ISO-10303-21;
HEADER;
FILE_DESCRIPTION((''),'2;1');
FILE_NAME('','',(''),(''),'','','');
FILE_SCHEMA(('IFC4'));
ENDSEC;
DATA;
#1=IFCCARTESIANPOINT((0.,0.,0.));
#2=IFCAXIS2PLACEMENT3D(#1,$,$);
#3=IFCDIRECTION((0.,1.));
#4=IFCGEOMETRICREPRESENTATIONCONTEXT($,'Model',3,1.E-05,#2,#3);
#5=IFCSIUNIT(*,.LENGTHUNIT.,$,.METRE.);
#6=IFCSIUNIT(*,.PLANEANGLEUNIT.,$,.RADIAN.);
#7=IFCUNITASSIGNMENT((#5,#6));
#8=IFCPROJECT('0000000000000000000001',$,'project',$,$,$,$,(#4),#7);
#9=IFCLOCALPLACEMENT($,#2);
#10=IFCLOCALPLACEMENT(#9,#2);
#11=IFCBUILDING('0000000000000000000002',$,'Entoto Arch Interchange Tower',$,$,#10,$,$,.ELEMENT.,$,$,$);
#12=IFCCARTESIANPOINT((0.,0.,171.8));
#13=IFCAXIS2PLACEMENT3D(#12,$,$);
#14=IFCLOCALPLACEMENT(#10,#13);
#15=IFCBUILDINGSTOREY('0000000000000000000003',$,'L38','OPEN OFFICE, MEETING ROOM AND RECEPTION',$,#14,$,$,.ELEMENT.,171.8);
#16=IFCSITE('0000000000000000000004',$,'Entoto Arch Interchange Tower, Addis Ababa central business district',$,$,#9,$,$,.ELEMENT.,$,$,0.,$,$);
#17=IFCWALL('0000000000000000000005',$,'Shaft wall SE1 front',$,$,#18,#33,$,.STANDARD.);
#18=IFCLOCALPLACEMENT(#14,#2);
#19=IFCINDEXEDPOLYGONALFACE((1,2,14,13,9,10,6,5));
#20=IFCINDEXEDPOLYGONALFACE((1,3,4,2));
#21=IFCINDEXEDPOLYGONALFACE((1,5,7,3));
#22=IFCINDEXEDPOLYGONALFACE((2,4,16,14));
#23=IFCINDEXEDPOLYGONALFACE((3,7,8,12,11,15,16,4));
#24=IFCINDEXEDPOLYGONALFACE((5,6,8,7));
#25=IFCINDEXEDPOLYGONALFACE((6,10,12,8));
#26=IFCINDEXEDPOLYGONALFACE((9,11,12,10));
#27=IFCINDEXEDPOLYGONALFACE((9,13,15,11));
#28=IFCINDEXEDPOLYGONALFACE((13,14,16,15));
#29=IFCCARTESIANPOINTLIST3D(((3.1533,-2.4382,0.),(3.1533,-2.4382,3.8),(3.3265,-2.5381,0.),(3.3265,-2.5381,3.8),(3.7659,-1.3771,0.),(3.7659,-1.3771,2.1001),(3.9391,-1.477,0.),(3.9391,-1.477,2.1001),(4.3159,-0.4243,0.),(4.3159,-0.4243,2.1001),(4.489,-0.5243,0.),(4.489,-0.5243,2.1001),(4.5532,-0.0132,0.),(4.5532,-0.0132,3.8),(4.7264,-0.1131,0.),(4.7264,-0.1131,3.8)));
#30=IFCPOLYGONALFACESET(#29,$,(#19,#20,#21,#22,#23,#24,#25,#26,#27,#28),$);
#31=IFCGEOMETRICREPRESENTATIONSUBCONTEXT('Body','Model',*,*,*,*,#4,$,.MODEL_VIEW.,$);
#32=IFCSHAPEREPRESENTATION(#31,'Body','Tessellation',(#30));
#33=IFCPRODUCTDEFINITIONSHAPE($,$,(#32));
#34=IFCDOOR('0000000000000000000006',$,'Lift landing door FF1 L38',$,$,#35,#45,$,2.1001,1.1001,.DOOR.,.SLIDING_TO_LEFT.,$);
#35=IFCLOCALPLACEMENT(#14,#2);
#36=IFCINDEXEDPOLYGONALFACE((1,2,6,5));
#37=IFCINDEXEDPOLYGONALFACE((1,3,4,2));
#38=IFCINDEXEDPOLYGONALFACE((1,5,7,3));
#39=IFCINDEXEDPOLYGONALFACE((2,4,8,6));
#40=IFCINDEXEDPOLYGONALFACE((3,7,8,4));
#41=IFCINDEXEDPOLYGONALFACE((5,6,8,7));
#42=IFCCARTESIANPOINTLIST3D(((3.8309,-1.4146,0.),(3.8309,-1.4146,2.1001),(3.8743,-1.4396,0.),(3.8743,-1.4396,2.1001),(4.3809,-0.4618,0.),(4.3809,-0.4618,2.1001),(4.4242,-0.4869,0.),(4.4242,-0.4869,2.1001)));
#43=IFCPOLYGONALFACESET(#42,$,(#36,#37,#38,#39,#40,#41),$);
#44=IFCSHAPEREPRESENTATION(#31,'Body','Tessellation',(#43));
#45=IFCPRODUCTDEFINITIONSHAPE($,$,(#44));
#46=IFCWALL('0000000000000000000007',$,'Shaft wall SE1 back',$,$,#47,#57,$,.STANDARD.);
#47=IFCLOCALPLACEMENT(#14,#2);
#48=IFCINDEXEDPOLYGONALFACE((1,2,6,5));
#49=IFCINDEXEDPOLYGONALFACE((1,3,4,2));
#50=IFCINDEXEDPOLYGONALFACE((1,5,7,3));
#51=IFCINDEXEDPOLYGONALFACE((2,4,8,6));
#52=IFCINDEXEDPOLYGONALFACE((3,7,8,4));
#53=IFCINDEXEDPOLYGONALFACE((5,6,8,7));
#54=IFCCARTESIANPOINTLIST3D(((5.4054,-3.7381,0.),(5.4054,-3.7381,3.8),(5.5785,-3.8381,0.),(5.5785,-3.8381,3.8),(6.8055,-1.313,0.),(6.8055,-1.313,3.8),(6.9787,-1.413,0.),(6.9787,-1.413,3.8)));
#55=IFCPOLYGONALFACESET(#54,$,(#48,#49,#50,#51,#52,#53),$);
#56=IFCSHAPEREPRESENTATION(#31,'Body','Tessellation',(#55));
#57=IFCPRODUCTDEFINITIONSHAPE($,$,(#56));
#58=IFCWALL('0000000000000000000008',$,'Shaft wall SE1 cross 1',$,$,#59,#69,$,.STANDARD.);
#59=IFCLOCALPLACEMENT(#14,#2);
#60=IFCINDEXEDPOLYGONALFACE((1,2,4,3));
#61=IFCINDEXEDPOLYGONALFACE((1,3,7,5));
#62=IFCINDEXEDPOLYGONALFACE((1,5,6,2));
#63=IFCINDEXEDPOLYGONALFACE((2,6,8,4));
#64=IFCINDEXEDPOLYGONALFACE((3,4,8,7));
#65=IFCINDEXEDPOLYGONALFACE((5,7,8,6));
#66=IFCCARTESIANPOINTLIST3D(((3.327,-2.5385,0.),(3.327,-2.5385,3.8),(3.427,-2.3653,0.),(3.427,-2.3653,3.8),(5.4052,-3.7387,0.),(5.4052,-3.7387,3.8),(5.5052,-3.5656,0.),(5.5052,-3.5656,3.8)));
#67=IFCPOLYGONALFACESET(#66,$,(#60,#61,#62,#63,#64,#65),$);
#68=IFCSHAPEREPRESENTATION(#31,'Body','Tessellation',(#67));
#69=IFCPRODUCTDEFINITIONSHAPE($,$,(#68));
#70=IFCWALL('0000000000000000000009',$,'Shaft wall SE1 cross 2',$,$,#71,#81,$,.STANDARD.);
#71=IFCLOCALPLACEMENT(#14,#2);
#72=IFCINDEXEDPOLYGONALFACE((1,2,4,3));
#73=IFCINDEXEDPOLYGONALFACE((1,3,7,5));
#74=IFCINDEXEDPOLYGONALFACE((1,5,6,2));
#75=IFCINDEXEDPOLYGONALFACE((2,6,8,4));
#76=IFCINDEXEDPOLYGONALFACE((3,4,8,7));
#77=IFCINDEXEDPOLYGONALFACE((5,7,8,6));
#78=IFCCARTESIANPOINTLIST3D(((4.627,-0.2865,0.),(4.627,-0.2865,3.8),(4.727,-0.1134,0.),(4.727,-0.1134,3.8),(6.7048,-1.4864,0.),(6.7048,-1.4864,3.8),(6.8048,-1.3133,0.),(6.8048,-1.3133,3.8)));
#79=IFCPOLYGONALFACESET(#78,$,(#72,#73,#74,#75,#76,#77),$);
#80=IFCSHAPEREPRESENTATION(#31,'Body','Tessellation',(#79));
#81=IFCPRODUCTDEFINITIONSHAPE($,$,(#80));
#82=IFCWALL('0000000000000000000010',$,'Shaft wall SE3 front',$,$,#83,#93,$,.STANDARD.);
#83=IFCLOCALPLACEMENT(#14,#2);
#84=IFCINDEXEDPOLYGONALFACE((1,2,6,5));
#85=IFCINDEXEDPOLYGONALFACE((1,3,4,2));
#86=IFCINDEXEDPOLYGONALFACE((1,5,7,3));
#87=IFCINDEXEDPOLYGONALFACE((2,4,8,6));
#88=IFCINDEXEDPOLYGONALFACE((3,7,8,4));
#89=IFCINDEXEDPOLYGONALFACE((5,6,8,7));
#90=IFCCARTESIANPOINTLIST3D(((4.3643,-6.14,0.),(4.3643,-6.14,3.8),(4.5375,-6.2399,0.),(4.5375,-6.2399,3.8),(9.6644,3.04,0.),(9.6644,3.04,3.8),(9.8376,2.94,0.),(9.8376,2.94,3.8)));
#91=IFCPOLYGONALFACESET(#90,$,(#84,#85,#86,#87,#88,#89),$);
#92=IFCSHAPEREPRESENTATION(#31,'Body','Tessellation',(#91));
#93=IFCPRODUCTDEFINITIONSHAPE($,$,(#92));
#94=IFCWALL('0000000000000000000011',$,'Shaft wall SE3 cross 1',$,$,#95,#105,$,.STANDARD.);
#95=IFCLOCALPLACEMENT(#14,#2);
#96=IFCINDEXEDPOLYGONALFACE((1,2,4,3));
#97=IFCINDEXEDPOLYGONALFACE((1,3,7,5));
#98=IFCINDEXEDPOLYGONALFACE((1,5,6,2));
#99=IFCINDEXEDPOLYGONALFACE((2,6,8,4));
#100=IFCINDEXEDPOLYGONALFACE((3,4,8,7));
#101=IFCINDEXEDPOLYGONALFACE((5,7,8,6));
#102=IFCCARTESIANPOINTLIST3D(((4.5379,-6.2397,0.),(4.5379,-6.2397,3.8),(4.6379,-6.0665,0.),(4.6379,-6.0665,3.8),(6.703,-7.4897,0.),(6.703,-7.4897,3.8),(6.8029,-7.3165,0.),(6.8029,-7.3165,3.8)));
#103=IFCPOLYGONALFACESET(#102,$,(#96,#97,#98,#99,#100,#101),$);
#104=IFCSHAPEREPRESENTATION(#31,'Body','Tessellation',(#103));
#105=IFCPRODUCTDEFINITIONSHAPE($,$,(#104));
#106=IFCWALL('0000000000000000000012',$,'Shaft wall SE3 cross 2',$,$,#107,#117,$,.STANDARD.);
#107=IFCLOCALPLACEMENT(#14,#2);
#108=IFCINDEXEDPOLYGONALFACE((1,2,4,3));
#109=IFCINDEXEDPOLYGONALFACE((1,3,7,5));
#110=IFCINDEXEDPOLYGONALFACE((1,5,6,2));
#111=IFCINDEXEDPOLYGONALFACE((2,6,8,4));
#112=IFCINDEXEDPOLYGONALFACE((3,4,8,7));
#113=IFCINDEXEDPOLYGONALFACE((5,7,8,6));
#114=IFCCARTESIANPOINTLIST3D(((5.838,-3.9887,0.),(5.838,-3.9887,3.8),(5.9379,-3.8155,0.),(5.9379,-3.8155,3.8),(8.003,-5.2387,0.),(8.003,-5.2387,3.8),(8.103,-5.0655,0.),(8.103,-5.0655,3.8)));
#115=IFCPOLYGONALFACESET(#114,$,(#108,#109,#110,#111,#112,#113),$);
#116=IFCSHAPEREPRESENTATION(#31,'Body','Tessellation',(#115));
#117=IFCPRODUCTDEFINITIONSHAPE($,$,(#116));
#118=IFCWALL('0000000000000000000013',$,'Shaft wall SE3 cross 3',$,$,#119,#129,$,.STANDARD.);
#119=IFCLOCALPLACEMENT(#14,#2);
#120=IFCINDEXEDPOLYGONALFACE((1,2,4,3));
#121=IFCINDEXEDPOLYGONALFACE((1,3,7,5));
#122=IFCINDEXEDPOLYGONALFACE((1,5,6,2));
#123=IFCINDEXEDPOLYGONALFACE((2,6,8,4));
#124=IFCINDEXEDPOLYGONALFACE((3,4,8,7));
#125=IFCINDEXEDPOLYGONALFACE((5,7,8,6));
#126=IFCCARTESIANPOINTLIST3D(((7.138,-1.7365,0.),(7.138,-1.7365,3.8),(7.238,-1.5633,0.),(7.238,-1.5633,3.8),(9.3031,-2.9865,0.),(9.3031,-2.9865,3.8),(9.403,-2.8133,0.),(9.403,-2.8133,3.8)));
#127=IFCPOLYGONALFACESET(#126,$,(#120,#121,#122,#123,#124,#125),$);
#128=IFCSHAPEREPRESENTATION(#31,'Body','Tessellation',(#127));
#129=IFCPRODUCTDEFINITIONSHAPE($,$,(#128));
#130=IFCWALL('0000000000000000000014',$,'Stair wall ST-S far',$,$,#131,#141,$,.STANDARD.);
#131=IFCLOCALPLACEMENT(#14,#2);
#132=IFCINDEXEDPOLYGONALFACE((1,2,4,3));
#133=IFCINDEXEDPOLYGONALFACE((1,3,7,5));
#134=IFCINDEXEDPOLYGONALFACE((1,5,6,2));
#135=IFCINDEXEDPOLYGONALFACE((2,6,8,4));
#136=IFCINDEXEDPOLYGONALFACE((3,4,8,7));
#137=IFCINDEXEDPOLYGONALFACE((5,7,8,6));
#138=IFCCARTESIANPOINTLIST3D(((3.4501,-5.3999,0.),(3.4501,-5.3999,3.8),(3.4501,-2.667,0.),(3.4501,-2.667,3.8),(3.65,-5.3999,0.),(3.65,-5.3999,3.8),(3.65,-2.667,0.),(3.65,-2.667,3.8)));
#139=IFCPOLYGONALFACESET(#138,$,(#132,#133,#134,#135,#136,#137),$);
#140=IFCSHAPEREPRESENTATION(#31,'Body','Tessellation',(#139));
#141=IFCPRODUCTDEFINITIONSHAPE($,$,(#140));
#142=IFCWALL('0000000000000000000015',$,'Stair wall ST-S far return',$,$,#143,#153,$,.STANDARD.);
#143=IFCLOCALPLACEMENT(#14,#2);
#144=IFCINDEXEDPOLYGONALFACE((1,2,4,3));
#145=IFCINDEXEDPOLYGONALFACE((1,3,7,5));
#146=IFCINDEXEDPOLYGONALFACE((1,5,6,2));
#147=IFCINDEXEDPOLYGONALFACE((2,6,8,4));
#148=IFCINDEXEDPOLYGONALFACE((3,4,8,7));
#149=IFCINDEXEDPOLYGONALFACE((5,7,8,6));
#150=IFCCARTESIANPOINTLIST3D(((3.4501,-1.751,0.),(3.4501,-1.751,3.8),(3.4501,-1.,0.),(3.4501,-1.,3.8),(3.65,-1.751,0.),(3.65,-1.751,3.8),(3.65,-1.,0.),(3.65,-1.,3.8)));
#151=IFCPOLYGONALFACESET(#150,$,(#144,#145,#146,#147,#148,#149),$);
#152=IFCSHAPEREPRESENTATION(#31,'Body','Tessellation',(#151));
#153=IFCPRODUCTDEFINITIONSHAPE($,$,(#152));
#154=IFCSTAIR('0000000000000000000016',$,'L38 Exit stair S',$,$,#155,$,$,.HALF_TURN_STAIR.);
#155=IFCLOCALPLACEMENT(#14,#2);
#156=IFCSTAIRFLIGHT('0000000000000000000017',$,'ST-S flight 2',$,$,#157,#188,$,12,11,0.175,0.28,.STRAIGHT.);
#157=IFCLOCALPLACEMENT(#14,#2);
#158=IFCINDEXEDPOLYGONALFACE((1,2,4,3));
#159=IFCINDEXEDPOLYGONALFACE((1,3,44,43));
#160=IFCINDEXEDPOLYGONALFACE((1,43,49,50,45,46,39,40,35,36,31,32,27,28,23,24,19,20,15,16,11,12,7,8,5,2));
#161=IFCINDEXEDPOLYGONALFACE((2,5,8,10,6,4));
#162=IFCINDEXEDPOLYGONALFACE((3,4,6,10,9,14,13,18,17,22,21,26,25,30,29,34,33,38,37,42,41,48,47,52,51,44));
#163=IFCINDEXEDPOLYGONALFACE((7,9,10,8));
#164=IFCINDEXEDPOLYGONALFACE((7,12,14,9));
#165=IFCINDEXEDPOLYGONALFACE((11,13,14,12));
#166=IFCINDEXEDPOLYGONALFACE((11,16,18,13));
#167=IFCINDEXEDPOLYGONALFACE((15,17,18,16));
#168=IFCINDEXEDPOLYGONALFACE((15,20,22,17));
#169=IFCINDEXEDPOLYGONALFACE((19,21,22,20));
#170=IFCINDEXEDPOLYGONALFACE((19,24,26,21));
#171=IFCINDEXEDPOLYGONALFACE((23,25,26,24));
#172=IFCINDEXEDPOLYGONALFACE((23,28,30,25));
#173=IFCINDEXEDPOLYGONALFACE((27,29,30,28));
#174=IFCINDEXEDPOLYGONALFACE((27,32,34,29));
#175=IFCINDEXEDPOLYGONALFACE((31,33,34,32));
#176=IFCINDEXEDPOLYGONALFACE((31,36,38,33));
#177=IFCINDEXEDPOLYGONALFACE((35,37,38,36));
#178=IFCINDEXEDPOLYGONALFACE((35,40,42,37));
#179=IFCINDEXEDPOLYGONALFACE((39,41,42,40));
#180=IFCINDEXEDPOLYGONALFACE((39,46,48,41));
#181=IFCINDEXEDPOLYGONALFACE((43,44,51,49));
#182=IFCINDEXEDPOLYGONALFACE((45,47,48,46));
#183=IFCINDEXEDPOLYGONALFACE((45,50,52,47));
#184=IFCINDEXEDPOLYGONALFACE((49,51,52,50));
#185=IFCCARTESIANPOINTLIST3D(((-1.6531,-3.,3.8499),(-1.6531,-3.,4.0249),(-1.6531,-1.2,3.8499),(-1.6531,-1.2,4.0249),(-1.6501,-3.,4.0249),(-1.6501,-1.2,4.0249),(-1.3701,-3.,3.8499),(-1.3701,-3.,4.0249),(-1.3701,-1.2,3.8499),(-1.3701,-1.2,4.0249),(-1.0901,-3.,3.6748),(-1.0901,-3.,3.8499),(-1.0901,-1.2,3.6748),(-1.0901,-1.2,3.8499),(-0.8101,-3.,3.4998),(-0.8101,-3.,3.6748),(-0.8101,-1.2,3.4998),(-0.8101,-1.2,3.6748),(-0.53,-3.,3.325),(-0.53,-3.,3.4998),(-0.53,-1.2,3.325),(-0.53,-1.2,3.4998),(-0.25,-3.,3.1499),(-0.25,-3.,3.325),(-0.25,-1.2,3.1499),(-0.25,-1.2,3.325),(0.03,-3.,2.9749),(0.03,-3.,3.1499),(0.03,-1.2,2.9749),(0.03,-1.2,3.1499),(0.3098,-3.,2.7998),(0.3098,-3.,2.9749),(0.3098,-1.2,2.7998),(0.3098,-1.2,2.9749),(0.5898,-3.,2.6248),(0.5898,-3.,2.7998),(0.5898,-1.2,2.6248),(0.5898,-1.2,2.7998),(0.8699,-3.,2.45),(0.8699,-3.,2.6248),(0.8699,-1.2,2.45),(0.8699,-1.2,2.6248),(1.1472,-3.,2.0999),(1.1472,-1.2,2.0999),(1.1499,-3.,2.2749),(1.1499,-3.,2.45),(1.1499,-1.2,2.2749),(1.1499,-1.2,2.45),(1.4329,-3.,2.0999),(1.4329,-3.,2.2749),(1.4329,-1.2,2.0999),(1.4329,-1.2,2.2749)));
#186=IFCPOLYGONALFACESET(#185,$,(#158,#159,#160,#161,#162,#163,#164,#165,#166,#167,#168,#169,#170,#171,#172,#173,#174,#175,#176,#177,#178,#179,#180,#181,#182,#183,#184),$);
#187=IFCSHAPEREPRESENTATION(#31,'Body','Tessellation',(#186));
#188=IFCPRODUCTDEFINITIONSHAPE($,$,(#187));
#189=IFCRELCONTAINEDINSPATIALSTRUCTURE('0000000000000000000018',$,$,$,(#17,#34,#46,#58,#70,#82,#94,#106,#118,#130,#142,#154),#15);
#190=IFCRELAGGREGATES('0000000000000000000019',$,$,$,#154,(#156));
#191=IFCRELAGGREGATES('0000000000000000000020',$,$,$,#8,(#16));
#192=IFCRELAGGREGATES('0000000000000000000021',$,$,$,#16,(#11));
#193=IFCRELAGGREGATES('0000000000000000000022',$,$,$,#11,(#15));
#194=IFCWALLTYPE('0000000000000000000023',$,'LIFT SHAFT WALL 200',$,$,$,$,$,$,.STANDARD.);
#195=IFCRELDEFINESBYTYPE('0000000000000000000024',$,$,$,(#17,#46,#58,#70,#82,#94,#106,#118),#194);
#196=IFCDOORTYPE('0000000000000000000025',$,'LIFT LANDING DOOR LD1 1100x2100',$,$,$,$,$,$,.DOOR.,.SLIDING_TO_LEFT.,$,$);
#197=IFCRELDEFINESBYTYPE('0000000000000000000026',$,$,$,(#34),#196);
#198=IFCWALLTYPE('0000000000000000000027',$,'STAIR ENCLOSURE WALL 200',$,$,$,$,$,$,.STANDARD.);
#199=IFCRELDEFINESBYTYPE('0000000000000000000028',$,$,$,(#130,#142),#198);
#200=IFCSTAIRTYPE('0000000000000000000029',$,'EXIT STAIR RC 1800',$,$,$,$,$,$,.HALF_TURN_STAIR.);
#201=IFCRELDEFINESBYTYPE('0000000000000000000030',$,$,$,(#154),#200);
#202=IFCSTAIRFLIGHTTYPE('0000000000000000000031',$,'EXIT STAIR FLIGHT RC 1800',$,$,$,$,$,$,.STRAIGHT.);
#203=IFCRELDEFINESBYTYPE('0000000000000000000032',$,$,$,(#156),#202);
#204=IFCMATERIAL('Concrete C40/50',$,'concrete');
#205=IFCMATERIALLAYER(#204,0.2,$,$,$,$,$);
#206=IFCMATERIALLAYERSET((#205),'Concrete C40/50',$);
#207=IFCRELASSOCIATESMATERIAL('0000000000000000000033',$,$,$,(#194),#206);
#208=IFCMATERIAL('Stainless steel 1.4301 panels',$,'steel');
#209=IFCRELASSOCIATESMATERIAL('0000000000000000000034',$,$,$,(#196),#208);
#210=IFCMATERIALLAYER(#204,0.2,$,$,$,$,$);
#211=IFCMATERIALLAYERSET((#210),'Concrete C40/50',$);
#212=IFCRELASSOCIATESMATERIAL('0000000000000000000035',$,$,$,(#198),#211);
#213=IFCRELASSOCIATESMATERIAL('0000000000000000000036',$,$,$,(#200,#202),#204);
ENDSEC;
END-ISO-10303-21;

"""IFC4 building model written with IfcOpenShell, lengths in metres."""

from ifc_helpers import new_model, si_unit, direction, frame, frame_2d, origin, place, context, subcontext, project, spatial, polyline, rectangle, outline, extrude, material, layer, layer_set, type_object, element, fill, aggregate, save


model = new_model("IFC4")

# Units and contexts
model_context = context("Model", 3, precision=1e-05, world=origin(), true_north=direction((0.0, 1.0)))
body_context = subcontext(model_context, "Body", "Model", "MODEL_VIEW")
ifc_project = project(units=[si_unit("LENGTHUNIT", "METRE"), si_unit("PLANEANGLEUNIT", "RADIAN")], contexts=[model_context])

# Site, building, storey
site_placement = place(None, origin())
site = spatial("IfcSite", under=ifc_project, at=site_placement, Name="Entoto Arch Interchange Tower, Addis Ababa central business district", CompositionType="ELEMENT", RefElevation=0.0)
building_placement = place(site_placement, origin())
building = spatial("IfcBuilding", under=site, at=building_placement, Name="Entoto Arch Interchange Tower", CompositionType="ELEMENT")
storey_placement = place(building_placement, frame((0.0, 0.0, 171.8)))
storey = spatial("IfcBuildingStorey", under=building, at=storey_placement, Name="L38", Description="OPEN OFFICE, MEETING ROOM AND RECEPTION", CompositionType="ELEMENT", Elevation=171.8)

# Wall, opening, door
ifc_material_1 = material(Name="Concrete C40/50", Category="concrete")
ifc_material_2 = material(Name="Stainless steel 1.4301 panels", Category="steel")
ifc_layer_1 = layer(ifc_material_1, 0.2)
ifc_layer_set_1 = layer_set([ifc_layer_1], Name="Concrete C40/50")
wall_type_1 = type_object("IfcWallType", Name="LIFT SHAFT WALL 200", PredefinedType="STANDARD", material=ifc_layer_set_1)
wall_1_placement = place(storey_placement, frame((3.24, -2.488, 0.0), z_axis=(0.0, 0.0, 1.0), x_axis=(0.499946, 0.866056, 0.0)))
wall_1 = element("IfcWall", 1, at=wall_1_placement, inside=storey, type_object=wall_type_1, Name="Shaft wall SE1 front", PredefinedType="STANDARD", context=body_context, shape_type="SweptSolid", body=[
    extrude(rectangle(XDim=2.8, YDim=0.2, at=frame_2d((1.3999, 0.0))), origin(), (0.0, 0.0, 1.0), 3.8),
])
opening_1_placement = place(wall_1_placement, frame((1.2251, 0.0, 0.0)))
opening_1 = element("IfcOpeningElement", 2, at=opening_1_placement, cuts=wall_1, PredefinedType="OPENING", context=body_context, shape_type="SweptSolid", body=[
    extrude(rectangle(XDim=1.1001, YDim=2.1001, at=frame_2d((0.55, 1.05))), frame((0.0, 0.1099, 0.0), z_axis=(0.0, -1.0, 0.0), x_axis=(1.0, 0.0, 0.0)), (0.0, 0.0, 1.0), 0.22),
])
door_type_1 = type_object("IfcDoorType", Name="LIFT LANDING DOOR LD1 1100x2100", OperationType="SLIDING_TO_LEFT", PredefinedType="DOOR", material=ifc_material_2)
door_1_placement = place(opening_1_placement, origin())
door_1 = element("IfcDoor", 3, at=door_1_placement, inside=storey, type_object=door_type_1, Name="Lift landing door FF1 L38", OperationType="SLIDING_TO_LEFT", OverallHeight=2.1001, OverallWidth=1.1001, PredefinedType="DOOR", context=body_context, shape_type="SweptSolid", body=[
    extrude(rectangle(XDim=1.1001, YDim=2.1001, at=frame_2d((0.55, 1.05))), frame((0.0, 0.0249, 0.0), z_axis=(0.0, -1.0, 0.0), x_axis=(1.0, 0.0, 0.0)), (0.0, 0.0, 1.0), 0.05),
])
fill(opening_1, door_1)

# Walls
wall_2_placement = place(storey_placement, frame((5.4919, -3.7881, 0.0), z_axis=(0.0, 0.0, 1.0), x_axis=(0.500012, 0.866019, 0.0)))
element("IfcWall", 4, at=wall_2_placement, inside=storey, type_object=wall_type_1, Name="Shaft wall SE1 back", PredefinedType="STANDARD", context=body_context, shape_type="SweptSolid", body=[
    extrude(rectangle(XDim=2.8003, YDim=0.2, at=frame_2d((1.4001, 0.0))), origin(), (0.0, 0.0, 1.0), 3.8),
])
wall_3_placement = place(storey_placement, frame((3.377, -2.4519, 0.0), z_axis=(0.0, 0.0, 1.0), x_axis=(0.865955, -0.500122, 0.0)))
element("IfcWall", 5, at=wall_3_placement, inside=storey, type_object=wall_type_1, Name="Shaft wall SE1 cross 1", PredefinedType="STANDARD", context=body_context, shape_type="SweptSolid", body=[
    extrude(rectangle(XDim=2.3999, YDim=0.2, at=frame_2d((1.2, 0.0))), origin(), (0.0, 0.0, 1.0), 3.8),
])
wall_4_placement = place(storey_placement, frame((4.677, -0.2, 0.0), z_axis=(0.0, 0.0, 1.0), x_axis=(0.865974, -0.500089, 0.0)))
element("IfcWall", 6, at=wall_4_placement, inside=storey, type_object=wall_type_1, Name="Shaft wall SE1 cross 2", PredefinedType="STANDARD", context=body_context, shape_type="SweptSolid", body=[
    extrude(rectangle(XDim=2.3994, YDim=0.2, at=frame_2d((1.1997, 0.0))), origin(), (0.0, 0.0, 1.0), 3.8),
])
wall_5_placement = place(storey_placement, frame((4.4509, -6.1899, 0.0), z_axis=(0.0, 0.0, 1.0), x_axis=(0.500001, 0.866025, 0.0)))
element("IfcWall", 7, at=wall_5_placement, inside=storey, type_object=wall_type_1, Name="Shaft wall SE3 front", PredefinedType="STANDARD", context=body_context, shape_type="SweptSolid", body=[
    extrude(rectangle(XDim=10.6001, YDim=0.2, at=frame_2d((5.3, 0.0))), origin(), (0.0, 0.0, 1.0), 3.8),
])
for number, where, z_axis, x_axis, name in (
    (8, (4.5879, -6.1531, 0.0), (0.0, 0.0, 1.0), (0.866023, -0.500004, 0.0), "Shaft wall SE3 cross 1"),
    (9, (5.8879, -3.9021, 0.0), (0.0, 0.0, 1.0), (0.866023, -0.500004, 0.0), "Shaft wall SE3 cross 2"),
    (10, (7.188, -1.6499, 0.0), (0.0, 0.0, 1.0), (0.866023, -0.500004, 0.0), "Shaft wall SE3 cross 3"),
):
    element("IfcWall", number, at=place(storey_placement, frame(where, z_axis=z_axis, x_axis=x_axis)), inside=storey, type_object=wall_type_1, Name=name, PredefinedType="STANDARD", context=body_context, shape_type="SweptSolid", body=[
        extrude(rectangle(XDim=2.5, YDim=0.2, at=frame_2d((1.25, 0.0))), origin(), (0.0, 0.0, 1.0), 3.8),
    ])
ifc_layer_2 = layer(ifc_material_1, 0.2)
ifc_layer_set_2 = layer_set([ifc_layer_2], Name="Concrete C40/50")
wall_type_2 = type_object("IfcWallType", Name="STAIR ENCLOSURE WALL 200", PredefinedType="STANDARD", material=ifc_layer_set_2)
wall_6_placement = place(storey_placement, frame((3.55, -2.667, 0.0), z_axis=(0.0, 0.0, 1.0), x_axis=(0.0, -1.0, 0.0)))
element("IfcWall", 11, at=wall_6_placement, inside=storey, type_object=wall_type_2, Name="Stair wall ST-S far", PredefinedType="STANDARD", context=body_context, shape_type="SweptSolid", body=[
    extrude(rectangle(XDim=2.7329, YDim=0.2, at=frame_2d((1.3665, 0.0))), origin(), (0.0, 0.0, 1.0), 3.8),
])
wall_7_placement = place(storey_placement, frame((3.55, -1.0, 0.0), z_axis=(0.0, 0.0, 1.0), x_axis=(0.0, -1.0, 0.0)))
element("IfcWall", 12, at=wall_7_placement, inside=storey, type_object=wall_type_2, Name="Stair wall ST-S far return", PredefinedType="STANDARD", context=body_context, shape_type="SweptSolid", body=[
    extrude(rectangle(XDim=0.751, YDim=0.2, at=frame_2d((0.3755, 0.0))), origin(), (0.0, 0.0, 1.0), 3.8),
])

# Stair, stair flight
stair_type = type_object("IfcStairType", Name="EXIT STAIR RC 1800", PredefinedType="HALF_TURN_STAIR", material=ifc_material_1)
stair_placement = place(storey_placement, origin())
stair = element("IfcStair", 13, at=stair_placement, inside=storey, type_object=stair_type, Name="L38 Exit stair S", PredefinedType="HALF_TURN_STAIR")
stair_flight_type = type_object("IfcStairFlightType", Name="EXIT STAIR FLIGHT RC 1800", PredefinedType="STRAIGHT", material=ifc_material_1)
stair_flight_placement = place(storey_placement, frame((1.4299, -2.1001, 2.0999), z_axis=(0.0, 0.0, 1.0), x_axis=(-1.0, 0.0, 0.0)))
stair_flight = element("IfcStairFlight", 14, at=stair_flight_placement, type_object=stair_flight_type, Name="ST-S flight 2", NumberOfRisers=12, NumberOfTreads=11, PredefinedType="STRAIGHT", RiserHeight=0.175, TreadLength=0.28, context=body_context, shape_type="SweptSolid", body=[
    extrude(outline(polyline([(-0.0029, 0.0), (-0.0029, 0.175), (0.28, 0.175), (0.28, 0.3501), (0.5601, 0.3501), (0.5601, 0.5249), (0.8401, 0.5249), (0.8401, 0.7), (1.1201, 0.7), (1.1201, 0.875), (1.3999, 0.875), (1.3999, 1.05), (1.6799, 1.05), (1.6799, 1.2251), (1.96, 1.2251), (1.96, 1.3999), (2.24, 1.3999), (2.24, 1.575), (2.52, 1.575), (2.52, 1.75), (2.8, 1.75), (2.8, 1.925), (3.0801, 1.925), (3.083, 1.925), (3.083, 1.75), (0.2827, 0.0), (-0.0029, 0.0)])), frame((0.0, 0.8999, 0.0), z_axis=(0.0, -1.0, 0.0), x_axis=(1.0, 0.0, 0.0)), (0.0, 0.0, 1.0), 1.8),
])
aggregate(stair, [stair_flight])

save(model, "model.ifc")
